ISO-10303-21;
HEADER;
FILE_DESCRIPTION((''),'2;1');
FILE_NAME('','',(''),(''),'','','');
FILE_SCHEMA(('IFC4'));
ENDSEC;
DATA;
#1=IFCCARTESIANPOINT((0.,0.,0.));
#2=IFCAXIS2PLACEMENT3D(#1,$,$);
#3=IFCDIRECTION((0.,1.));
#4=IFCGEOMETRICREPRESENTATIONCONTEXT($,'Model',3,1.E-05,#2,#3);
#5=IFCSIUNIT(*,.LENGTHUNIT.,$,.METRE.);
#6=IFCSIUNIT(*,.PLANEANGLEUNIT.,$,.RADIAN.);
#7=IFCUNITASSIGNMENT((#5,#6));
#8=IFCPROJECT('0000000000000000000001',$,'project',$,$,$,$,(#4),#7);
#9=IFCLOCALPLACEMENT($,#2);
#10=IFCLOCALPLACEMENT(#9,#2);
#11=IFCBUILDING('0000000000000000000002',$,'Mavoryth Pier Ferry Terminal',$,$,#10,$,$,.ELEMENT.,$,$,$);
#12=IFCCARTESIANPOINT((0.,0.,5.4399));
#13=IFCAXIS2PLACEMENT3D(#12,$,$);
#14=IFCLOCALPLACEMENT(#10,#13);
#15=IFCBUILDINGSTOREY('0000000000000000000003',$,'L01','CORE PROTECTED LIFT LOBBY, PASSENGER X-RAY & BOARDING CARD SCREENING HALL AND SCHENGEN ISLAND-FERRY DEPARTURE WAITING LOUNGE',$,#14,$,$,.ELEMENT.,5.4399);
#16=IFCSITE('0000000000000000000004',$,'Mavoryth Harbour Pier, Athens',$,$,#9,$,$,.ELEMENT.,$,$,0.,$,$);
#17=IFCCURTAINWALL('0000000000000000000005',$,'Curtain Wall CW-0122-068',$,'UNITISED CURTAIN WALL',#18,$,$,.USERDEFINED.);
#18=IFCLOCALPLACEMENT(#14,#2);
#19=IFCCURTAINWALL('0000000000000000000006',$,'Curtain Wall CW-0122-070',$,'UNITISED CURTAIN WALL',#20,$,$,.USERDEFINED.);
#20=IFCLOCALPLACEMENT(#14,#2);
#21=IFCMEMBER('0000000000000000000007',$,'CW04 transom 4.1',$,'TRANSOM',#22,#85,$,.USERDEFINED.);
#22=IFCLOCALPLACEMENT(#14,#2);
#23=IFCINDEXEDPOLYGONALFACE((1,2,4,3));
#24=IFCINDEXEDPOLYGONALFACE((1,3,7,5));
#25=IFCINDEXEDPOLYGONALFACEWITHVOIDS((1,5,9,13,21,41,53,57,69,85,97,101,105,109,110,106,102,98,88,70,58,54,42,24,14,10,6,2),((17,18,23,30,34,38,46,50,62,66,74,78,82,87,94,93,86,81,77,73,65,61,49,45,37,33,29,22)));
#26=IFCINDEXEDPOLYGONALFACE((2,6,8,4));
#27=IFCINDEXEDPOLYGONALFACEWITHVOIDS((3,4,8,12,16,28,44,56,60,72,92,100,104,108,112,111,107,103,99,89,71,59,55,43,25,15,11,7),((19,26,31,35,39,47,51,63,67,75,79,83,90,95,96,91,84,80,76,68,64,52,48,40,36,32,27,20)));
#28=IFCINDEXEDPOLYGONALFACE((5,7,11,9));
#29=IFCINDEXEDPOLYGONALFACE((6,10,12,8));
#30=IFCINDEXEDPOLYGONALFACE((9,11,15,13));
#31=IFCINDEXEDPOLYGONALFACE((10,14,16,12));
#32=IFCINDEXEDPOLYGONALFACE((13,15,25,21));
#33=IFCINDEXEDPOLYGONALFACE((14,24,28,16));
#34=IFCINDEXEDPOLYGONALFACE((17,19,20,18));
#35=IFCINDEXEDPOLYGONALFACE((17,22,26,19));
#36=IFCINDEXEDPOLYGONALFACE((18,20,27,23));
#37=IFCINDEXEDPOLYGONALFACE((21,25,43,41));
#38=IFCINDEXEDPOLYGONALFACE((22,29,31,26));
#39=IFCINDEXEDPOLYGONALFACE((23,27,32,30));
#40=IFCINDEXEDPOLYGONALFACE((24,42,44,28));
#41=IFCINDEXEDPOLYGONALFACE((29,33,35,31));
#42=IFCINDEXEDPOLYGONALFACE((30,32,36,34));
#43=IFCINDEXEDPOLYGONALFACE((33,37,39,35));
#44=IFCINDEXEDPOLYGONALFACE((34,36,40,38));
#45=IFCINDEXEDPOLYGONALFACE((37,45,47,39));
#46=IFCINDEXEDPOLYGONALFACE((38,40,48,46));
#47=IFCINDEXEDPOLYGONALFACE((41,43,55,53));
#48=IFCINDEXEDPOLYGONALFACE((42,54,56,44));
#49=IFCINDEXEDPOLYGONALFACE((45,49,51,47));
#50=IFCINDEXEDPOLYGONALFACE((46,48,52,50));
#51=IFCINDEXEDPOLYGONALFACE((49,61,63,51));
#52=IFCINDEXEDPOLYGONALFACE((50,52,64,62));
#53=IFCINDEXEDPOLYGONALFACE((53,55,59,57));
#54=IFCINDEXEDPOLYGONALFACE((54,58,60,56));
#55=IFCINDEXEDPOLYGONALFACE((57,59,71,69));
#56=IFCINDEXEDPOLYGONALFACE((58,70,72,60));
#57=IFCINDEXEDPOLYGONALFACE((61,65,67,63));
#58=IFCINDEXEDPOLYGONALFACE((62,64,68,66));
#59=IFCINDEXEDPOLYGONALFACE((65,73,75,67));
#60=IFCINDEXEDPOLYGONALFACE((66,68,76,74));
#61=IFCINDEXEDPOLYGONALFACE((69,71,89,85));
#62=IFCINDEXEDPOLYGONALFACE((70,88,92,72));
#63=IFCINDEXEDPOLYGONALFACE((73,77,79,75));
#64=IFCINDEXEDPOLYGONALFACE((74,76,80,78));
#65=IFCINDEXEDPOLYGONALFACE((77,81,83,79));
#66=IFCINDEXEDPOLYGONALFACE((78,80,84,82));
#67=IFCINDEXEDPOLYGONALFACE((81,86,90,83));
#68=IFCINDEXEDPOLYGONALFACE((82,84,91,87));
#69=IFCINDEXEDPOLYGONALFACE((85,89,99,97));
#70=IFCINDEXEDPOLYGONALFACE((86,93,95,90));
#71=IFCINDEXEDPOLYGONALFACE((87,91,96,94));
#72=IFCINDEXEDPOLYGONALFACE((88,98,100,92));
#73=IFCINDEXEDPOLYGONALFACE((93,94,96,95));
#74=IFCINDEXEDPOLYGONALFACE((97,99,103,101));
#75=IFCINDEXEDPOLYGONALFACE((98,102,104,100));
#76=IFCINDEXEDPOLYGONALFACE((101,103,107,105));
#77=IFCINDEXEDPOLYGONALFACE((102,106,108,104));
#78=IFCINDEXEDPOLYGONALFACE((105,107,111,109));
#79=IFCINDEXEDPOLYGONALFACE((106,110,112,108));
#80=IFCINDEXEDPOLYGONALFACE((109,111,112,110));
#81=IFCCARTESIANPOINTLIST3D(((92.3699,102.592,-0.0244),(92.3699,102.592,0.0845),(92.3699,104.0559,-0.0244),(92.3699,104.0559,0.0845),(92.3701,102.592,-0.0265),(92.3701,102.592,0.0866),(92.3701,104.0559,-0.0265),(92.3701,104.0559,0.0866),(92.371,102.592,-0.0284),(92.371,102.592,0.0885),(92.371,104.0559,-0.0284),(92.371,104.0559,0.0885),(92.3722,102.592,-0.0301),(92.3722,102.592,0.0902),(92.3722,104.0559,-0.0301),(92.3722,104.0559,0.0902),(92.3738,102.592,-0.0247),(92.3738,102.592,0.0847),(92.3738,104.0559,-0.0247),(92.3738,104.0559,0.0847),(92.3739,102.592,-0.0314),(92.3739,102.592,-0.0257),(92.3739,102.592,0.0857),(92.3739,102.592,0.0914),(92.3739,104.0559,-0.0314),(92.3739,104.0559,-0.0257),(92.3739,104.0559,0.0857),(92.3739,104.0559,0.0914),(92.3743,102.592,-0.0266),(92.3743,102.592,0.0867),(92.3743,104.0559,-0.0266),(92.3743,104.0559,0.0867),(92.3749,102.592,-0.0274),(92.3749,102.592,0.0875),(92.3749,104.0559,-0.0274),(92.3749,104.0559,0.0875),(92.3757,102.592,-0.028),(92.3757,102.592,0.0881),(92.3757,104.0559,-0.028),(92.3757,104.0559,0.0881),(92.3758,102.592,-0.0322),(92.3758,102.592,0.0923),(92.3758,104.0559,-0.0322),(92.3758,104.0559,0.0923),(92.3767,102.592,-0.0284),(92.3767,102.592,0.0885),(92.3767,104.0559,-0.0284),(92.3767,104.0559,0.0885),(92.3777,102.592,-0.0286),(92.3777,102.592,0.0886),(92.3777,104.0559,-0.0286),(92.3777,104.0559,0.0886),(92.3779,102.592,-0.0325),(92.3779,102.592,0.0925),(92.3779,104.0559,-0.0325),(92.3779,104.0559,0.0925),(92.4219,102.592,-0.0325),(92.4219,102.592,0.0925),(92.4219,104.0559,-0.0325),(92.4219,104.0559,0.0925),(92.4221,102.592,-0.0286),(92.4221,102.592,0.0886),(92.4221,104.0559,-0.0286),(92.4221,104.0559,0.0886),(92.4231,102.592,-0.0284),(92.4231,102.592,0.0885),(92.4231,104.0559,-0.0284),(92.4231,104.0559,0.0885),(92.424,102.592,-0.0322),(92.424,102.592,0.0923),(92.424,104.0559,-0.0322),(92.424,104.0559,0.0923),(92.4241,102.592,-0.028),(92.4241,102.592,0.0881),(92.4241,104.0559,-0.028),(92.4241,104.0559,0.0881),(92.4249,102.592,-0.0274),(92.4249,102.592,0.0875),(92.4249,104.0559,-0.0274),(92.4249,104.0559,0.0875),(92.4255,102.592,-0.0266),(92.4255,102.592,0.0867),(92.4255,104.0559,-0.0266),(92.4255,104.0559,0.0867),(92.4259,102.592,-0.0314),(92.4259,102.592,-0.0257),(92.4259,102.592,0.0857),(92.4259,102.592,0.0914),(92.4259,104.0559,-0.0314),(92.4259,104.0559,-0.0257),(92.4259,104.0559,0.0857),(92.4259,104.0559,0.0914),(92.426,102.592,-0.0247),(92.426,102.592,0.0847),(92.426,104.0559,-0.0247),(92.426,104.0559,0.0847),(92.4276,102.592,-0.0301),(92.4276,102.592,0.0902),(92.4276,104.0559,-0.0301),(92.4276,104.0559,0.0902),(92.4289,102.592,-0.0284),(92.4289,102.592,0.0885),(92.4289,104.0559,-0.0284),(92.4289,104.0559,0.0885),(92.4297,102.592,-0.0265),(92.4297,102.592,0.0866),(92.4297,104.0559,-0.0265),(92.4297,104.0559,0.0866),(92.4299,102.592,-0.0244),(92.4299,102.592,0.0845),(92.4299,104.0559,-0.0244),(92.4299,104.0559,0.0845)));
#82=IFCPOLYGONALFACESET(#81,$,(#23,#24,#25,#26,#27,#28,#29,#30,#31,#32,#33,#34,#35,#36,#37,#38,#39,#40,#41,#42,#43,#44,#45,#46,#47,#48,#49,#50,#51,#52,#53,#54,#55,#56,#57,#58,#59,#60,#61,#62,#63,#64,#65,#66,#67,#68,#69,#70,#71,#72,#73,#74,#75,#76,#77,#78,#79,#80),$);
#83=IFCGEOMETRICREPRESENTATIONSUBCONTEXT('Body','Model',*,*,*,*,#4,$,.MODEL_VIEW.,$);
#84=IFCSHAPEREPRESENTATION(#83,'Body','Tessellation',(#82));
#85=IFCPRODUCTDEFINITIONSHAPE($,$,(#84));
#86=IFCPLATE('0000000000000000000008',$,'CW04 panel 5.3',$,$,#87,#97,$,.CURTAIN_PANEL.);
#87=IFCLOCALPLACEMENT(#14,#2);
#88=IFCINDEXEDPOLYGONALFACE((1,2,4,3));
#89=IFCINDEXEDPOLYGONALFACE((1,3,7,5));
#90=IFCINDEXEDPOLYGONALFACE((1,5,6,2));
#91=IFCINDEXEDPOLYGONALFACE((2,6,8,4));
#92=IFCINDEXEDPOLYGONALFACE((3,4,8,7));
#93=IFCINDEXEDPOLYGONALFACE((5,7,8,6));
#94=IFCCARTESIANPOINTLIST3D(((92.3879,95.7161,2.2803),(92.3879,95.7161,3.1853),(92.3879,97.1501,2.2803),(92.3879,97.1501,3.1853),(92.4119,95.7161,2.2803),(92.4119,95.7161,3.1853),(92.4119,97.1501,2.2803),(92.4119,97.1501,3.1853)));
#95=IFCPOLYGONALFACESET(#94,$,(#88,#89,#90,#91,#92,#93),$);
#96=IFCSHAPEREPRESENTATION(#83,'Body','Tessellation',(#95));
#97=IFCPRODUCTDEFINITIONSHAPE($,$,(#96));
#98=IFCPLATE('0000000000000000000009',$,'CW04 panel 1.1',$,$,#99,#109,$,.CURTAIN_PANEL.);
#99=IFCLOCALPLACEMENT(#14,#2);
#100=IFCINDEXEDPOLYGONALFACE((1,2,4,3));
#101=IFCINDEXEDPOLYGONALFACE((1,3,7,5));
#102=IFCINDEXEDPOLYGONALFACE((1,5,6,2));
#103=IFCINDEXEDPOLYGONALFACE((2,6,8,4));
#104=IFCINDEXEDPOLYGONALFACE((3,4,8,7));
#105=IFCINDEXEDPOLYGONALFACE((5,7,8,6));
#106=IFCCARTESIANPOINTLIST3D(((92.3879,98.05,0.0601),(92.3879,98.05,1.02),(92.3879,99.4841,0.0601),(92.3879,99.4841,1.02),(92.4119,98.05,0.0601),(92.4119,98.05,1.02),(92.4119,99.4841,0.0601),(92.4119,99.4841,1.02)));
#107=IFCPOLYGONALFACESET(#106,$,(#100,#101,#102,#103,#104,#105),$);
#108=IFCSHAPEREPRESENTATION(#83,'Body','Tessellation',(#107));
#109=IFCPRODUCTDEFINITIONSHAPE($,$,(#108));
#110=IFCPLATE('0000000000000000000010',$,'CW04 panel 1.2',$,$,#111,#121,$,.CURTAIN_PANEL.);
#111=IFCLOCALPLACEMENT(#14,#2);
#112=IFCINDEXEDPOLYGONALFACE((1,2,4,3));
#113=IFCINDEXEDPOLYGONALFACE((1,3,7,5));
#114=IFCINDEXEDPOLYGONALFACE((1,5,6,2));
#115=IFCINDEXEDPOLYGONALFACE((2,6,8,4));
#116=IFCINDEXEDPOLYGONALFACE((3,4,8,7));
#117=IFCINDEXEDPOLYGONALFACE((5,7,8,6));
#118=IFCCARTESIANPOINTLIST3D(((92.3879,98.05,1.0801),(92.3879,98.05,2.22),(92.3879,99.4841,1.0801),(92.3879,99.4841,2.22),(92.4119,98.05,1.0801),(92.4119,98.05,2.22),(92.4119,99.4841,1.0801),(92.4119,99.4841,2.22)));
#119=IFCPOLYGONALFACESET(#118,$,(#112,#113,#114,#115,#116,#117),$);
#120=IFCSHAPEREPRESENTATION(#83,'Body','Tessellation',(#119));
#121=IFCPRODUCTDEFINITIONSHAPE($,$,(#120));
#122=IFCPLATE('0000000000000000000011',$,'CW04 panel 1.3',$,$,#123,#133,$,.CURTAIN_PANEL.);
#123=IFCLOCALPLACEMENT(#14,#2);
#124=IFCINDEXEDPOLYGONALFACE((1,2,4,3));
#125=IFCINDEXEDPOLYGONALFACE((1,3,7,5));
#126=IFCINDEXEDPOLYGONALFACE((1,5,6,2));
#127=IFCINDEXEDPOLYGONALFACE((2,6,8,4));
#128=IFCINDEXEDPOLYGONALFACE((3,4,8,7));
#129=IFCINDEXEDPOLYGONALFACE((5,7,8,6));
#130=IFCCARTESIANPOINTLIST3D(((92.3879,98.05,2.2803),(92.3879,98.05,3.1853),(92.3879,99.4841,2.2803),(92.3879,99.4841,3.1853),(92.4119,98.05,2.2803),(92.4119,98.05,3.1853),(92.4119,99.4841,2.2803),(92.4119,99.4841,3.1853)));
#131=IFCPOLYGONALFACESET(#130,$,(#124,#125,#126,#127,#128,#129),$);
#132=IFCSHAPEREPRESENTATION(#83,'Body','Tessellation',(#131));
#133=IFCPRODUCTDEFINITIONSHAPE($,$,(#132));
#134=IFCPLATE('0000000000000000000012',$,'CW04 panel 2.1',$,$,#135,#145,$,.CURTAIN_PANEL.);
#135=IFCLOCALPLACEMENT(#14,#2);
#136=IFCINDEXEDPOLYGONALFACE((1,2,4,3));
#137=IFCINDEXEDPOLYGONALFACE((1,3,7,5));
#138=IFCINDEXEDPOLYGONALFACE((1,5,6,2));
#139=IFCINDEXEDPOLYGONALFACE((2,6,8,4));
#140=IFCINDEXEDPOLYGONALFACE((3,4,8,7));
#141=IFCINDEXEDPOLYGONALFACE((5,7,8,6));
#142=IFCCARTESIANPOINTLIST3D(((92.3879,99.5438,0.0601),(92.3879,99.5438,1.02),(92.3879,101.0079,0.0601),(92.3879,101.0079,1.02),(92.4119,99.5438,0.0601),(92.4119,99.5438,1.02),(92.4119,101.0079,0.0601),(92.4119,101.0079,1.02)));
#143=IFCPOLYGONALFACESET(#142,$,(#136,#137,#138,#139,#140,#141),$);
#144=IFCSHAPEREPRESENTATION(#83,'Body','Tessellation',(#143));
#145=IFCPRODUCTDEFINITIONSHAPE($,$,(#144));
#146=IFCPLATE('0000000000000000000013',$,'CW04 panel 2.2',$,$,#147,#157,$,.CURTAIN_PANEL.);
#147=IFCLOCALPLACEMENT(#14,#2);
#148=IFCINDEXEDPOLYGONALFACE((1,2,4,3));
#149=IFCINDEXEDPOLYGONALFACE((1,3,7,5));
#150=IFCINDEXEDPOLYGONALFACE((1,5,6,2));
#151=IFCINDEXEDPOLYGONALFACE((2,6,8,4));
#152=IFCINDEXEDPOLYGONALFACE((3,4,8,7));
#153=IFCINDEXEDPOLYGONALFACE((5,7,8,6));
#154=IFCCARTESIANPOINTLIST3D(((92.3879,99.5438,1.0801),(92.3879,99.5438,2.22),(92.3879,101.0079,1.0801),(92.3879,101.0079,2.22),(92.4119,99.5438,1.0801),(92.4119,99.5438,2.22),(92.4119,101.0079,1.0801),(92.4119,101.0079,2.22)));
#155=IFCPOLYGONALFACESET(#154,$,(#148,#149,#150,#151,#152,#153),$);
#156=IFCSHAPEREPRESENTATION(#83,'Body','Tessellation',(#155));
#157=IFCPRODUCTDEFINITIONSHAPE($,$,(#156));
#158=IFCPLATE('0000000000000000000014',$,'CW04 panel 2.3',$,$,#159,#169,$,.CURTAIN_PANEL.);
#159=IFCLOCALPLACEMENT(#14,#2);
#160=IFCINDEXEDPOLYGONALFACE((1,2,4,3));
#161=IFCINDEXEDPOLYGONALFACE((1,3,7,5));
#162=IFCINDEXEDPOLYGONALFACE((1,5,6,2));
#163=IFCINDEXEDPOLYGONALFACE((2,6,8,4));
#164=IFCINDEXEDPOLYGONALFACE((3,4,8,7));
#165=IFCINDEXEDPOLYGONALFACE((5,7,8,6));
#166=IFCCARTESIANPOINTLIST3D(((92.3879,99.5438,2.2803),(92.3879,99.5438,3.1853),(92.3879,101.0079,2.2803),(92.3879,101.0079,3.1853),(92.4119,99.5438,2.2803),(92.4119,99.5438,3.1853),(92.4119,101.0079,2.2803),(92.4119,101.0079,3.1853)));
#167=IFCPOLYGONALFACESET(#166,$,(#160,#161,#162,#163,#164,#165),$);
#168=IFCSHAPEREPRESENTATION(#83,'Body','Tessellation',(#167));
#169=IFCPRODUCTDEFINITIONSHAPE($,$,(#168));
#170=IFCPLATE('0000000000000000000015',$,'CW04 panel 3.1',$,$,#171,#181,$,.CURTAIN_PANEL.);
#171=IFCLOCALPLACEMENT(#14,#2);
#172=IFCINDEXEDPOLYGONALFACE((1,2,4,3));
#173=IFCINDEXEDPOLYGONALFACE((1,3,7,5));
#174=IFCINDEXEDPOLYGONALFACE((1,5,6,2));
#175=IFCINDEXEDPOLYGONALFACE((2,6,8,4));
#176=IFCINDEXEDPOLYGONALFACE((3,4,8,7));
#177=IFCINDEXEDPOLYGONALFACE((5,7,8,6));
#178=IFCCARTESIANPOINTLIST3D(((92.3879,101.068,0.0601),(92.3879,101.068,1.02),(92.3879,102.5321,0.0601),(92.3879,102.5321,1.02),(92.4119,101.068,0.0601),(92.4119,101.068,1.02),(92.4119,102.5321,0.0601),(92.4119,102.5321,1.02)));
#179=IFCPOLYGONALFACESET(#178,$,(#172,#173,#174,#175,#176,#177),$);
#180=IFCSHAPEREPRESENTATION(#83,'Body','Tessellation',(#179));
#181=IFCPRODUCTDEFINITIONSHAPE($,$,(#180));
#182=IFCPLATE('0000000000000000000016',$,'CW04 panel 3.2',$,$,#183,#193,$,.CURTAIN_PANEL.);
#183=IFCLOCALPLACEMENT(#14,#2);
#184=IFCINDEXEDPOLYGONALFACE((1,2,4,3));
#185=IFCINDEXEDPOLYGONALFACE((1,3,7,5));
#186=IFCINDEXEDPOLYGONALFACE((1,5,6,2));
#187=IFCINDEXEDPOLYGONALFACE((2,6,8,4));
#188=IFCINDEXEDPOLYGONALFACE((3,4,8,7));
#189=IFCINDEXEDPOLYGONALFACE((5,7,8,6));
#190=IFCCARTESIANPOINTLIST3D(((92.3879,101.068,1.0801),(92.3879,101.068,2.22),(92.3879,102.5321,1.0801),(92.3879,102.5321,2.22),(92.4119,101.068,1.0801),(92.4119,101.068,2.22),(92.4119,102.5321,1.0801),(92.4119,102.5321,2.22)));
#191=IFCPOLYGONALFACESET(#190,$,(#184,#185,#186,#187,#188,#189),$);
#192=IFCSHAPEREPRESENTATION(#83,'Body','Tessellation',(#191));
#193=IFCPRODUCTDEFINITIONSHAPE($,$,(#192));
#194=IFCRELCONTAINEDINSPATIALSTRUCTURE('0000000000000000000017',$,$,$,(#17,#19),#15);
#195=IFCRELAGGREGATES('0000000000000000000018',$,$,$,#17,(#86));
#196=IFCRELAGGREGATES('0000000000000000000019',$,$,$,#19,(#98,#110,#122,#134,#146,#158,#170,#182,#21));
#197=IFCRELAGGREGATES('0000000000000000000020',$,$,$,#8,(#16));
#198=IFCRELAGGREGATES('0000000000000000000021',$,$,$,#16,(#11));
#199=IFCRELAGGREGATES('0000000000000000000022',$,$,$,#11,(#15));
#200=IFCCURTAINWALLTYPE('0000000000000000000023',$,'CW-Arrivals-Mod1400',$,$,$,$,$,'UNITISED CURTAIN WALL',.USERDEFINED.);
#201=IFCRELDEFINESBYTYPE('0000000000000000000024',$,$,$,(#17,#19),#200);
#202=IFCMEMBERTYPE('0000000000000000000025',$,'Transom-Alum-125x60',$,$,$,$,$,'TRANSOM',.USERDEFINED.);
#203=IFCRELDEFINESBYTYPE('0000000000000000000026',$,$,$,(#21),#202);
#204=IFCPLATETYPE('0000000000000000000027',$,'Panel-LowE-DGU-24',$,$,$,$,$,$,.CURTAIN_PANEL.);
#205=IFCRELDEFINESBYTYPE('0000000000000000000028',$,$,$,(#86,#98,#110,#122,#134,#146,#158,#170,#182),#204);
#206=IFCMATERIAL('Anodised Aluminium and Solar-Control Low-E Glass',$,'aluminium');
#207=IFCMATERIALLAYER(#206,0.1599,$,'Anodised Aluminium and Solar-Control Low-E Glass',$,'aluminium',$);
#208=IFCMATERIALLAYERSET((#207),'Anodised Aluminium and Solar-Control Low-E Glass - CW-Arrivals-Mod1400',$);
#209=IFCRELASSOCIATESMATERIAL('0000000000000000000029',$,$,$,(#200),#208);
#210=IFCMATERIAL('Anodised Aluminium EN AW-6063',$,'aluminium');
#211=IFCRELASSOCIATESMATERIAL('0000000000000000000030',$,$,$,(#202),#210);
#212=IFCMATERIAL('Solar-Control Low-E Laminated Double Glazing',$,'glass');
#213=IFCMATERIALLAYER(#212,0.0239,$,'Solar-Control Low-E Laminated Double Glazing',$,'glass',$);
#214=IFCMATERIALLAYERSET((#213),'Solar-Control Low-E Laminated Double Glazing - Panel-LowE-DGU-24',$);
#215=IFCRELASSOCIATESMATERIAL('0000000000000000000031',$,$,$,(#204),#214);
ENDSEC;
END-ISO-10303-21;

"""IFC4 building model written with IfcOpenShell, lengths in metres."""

from ifc_helpers import new_model, si_unit, direction, frame, origin, origin_2d, place, context, subcontext, project, spatial, rectangle, hollow_rectangle, extrude, material, layer, layer_set, material_profile, profile_set, type_object, element, aggregate, save


model = new_model("IFC4")

# Units and contexts
model_context = context("Model", 3, precision=1e-05, world=origin(), true_north=direction((0.0, 1.0)))
body_context = subcontext(model_context, "Body", "Model", "MODEL_VIEW")
ifc_project = project(units=[si_unit("LENGTHUNIT", "METRE"), si_unit("PLANEANGLEUNIT", "RADIAN")], contexts=[model_context])

# Site, building, storey
site_placement = place(None, origin())
site = spatial("IfcSite", under=ifc_project, at=site_placement, Name="Mavoryth Harbour Pier, Athens", CompositionType="ELEMENT", RefElevation=0.0)
building_placement = place(site_placement, origin())
building = spatial("IfcBuilding", under=site, at=building_placement, Name="Mavoryth Pier Ferry Terminal", CompositionType="ELEMENT")
storey_placement = place(building_placement, frame((0.0, 0.0, 5.4399)))
storey = spatial("IfcBuildingStorey", under=building, at=storey_placement, Name="L01", Description="CORE PROTECTED LIFT LOBBY, PASSENGER X-RAY & BOARDING CARD SCREENING HALL AND SCHENGEN ISLAND-FERRY DEPARTURE WAITING LOUNGE", CompositionType="ELEMENT", Elevation=5.4399)

# Curtain wall
ifc_material_1 = material(Name="Anodised Aluminium and Solar-Control Low-E Glass", Category="aluminium")
ifc_layer_1 = layer(ifc_material_1, 0.1599, Name="Anodised Aluminium and Solar-Control Low-E Glass", Category="aluminium")
ifc_layer_set_1 = layer_set([ifc_layer_1], Name="Anodised Aluminium and Solar-Control Low-E Glass - CW-Arrivals-Mod1400")
curtain_wall_type = type_object("IfcCurtainWallType", Name="CW-Arrivals-Mod1400", ElementType="UNITISED CURTAIN WALL", PredefinedType="USERDEFINED", material=ifc_layer_set_1)
curtain_wall_1_placement = place(storey_placement, origin())
curtain_wall_1 = element("IfcCurtainWall", 1, at=curtain_wall_1_placement, inside=storey, type_object=curtain_wall_type, Name="Curtain Wall CW-0122-068", ObjectType="UNITISED CURTAIN WALL", PredefinedType="USERDEFINED")
ifc_material_2 = material(Name="Anodised Aluminium EN AW-6063", Category="aluminium")

# Curtain wall
curtain_wall_2_placement = place(storey_placement, origin())
curtain_wall_2 = element("IfcCurtainWall", 2, at=curtain_wall_2_placement, inside=storey, type_object=curtain_wall_type, Name="Curtain Wall CW-0122-070", ObjectType="UNITISED CURTAIN WALL", PredefinedType="USERDEFINED")

# Member
ifc_material_profile_1 = material_profile(ifc_material_2, hollow_rectangle(XDim=0.0601, YDim=0.125, WallThickness=0.0039, InnerFilletRadius=0.0039, OuterFilletRadius=0.0081, at=origin_2d()), Name="AL-TRAN 125x60x4", Category="aluminium")
ifc_profile_set_1 = profile_set([ifc_material_profile_1], Name="Anodised Aluminium EN AW-6063 - AL-TRAN 125x60x4")
member_type_1 = type_object("IfcMemberType", Name="Transom-Alum-125x60", ElementType="TRANSOM", PredefinedType="USERDEFINED", material=ifc_profile_set_1)
member_1_placement = place(storey_placement, frame((92.3999, 102.592, 0.03), z_axis=(0.0, 1.0, 0.0), x_axis=(-1.0, 0.0, 0.0)))
member_1 = element("IfcMember", 3, at=member_1_placement, type_object=member_type_1, Name="CW04 transom 4.1", ObjectType="TRANSOM", PredefinedType="USERDEFINED", context=body_context, shape_type="SweptSolid", body=[
    extrude(hollow_rectangle(XDim=0.0601, YDim=0.125, WallThickness=0.0039, InnerFilletRadius=0.0039, OuterFilletRadius=0.0081, at=origin_2d()), origin(), (0.0, 0.0, 1.0), 1.4639),
])

# Plates
ifc_material_3 = material(Name="Solar-Control Low-E Laminated Double Glazing", Category="glass")
ifc_layer_2 = layer(ifc_material_3, 0.0239, Name="Solar-Control Low-E Laminated Double Glazing", Category="glass")
ifc_layer_set_2 = layer_set([ifc_layer_2], Name="Solar-Control Low-E Laminated Double Glazing - Panel-LowE-DGU-24")
plate_type = type_object("IfcPlateType", Name="Panel-LowE-DGU-24", PredefinedType="CURTAIN_PANEL", material=ifc_layer_set_2)
plate_1_placement = place(storey_placement, frame((92.3999, 96.4331, 2.2803), z_axis=(0.0, 0.0, 1.0), x_axis=(0.0, 1.0, 0.0)))
plate_1 = element("IfcPlate", 4, at=plate_1_placement, type_object=plate_type, Name="CW04 panel 5.3", PredefinedType="CURTAIN_PANEL", context=body_context, shape_type="SweptSolid", body=[
    extrude(rectangle(XDim=1.4341, YDim=0.0239, at=origin_2d()), origin(), (0.0, 0.0, 1.0), 0.905),
])
aggregate(curtain_wall_1, [plate_1])
plate_2_placement = place(storey_placement, frame((92.3999, 98.7671, 0.0601), z_axis=(0.0, 0.0, 1.0), x_axis=(0.0, 1.0, 0.0)))
plate_2 = element("IfcPlate", 5, at=plate_2_placement, type_object=plate_type, Name="CW04 panel 1.1", PredefinedType="CURTAIN_PANEL", context=body_context, shape_type="SweptSolid", body=[
    extrude(rectangle(XDim=1.4341, YDim=0.0239, at=origin_2d()), origin(), (0.0, 0.0, 1.0), 0.96),
])
plate_3_placement = place(storey_placement, frame((92.3999, 98.7671, 1.0801), z_axis=(0.0, 0.0, 1.0), x_axis=(0.0, 1.0, 0.0)))
plate_3 = element("IfcPlate", 6, at=plate_3_placement, type_object=plate_type, Name="CW04 panel 1.2", PredefinedType="CURTAIN_PANEL", context=body_context, shape_type="SweptSolid", body=[
    extrude(rectangle(XDim=1.4341, YDim=0.0239, at=origin_2d()), origin(), (0.0, 0.0, 1.0), 1.1399),
])
plate_4_placement = place(storey_placement, frame((92.3999, 98.7671, 2.2803), z_axis=(0.0, 0.0, 1.0), x_axis=(0.0, 1.0, 0.0)))
plate_4 = element("IfcPlate", 7, at=plate_4_placement, type_object=plate_type, Name="CW04 panel 1.3", PredefinedType="CURTAIN_PANEL", context=body_context, shape_type="SweptSolid", body=[
    extrude(rectangle(XDim=1.4341, YDim=0.0239, at=origin_2d()), origin(), (0.0, 0.0, 1.0), 0.905),
])
plate_5_placement = place(storey_placement, frame((92.3999, 100.2759, 0.0601), z_axis=(0.0, 0.0, 1.0), x_axis=(0.0, 1.0, 0.0)))
plate_5 = element("IfcPlate", 8, at=plate_5_placement, type_object=plate_type, Name="CW04 panel 2.1", PredefinedType="CURTAIN_PANEL", context=body_context, shape_type="SweptSolid", body=[
    extrude(rectangle(XDim=1.4641, YDim=0.0239, at=origin_2d()), origin(), (0.0, 0.0, 1.0), 0.96),
])
plate_6_placement = place(storey_placement, frame((92.3999, 100.2759, 1.0801), z_axis=(0.0, 0.0, 1.0), x_axis=(0.0, 1.0, 0.0)))
plate_6 = element("IfcPlate", 9, at=plate_6_placement, type_object=plate_type, Name="CW04 panel 2.2", PredefinedType="CURTAIN_PANEL", context=body_context, shape_type="SweptSolid", body=[
    extrude(rectangle(XDim=1.4641, YDim=0.0239, at=origin_2d()), origin(), (0.0, 0.0, 1.0), 1.1399),
])
plate_7_placement = place(storey_placement, frame((92.3999, 100.2759, 2.2803), z_axis=(0.0, 0.0, 1.0), x_axis=(0.0, 1.0, 0.0)))
plate_7 = element("IfcPlate", 10, at=plate_7_placement, type_object=plate_type, Name="CW04 panel 2.3", PredefinedType="CURTAIN_PANEL", context=body_context, shape_type="SweptSolid", body=[
    extrude(rectangle(XDim=1.4641, YDim=0.0239, at=origin_2d()), origin(), (0.0, 0.0, 1.0), 0.905),
])
plate_8_placement = place(storey_placement, frame((92.3999, 101.8, 0.0601), z_axis=(0.0, 0.0, 1.0), x_axis=(0.0, 1.0, 0.0)))
plate_8 = element("IfcPlate", 11, at=plate_8_placement, type_object=plate_type, Name="CW04 panel 3.1", PredefinedType="CURTAIN_PANEL", context=body_context, shape_type="SweptSolid", body=[
    extrude(rectangle(XDim=1.4641, YDim=0.0239, at=origin_2d()), origin(), (0.0, 0.0, 1.0), 0.96),
])
plate_9_placement = place(storey_placement, frame((92.3999, 101.8, 1.0801), z_axis=(0.0, 0.0, 1.0), x_axis=(0.0, 1.0, 0.0)))
plate_9 = element("IfcPlate", 12, at=plate_9_placement, type_object=plate_type, Name="CW04 panel 3.2", PredefinedType="CURTAIN_PANEL", context=body_context, shape_type="SweptSolid", body=[
    extrude(rectangle(XDim=1.4641, YDim=0.0239, at=origin_2d()), origin(), (0.0, 0.0, 1.0), 1.1399),
])
aggregate(curtain_wall_2, [plate_2, plate_3, plate_4, plate_5, plate_6, plate_7, plate_8, plate_9, member_1])

save(model, "model.ifc")
